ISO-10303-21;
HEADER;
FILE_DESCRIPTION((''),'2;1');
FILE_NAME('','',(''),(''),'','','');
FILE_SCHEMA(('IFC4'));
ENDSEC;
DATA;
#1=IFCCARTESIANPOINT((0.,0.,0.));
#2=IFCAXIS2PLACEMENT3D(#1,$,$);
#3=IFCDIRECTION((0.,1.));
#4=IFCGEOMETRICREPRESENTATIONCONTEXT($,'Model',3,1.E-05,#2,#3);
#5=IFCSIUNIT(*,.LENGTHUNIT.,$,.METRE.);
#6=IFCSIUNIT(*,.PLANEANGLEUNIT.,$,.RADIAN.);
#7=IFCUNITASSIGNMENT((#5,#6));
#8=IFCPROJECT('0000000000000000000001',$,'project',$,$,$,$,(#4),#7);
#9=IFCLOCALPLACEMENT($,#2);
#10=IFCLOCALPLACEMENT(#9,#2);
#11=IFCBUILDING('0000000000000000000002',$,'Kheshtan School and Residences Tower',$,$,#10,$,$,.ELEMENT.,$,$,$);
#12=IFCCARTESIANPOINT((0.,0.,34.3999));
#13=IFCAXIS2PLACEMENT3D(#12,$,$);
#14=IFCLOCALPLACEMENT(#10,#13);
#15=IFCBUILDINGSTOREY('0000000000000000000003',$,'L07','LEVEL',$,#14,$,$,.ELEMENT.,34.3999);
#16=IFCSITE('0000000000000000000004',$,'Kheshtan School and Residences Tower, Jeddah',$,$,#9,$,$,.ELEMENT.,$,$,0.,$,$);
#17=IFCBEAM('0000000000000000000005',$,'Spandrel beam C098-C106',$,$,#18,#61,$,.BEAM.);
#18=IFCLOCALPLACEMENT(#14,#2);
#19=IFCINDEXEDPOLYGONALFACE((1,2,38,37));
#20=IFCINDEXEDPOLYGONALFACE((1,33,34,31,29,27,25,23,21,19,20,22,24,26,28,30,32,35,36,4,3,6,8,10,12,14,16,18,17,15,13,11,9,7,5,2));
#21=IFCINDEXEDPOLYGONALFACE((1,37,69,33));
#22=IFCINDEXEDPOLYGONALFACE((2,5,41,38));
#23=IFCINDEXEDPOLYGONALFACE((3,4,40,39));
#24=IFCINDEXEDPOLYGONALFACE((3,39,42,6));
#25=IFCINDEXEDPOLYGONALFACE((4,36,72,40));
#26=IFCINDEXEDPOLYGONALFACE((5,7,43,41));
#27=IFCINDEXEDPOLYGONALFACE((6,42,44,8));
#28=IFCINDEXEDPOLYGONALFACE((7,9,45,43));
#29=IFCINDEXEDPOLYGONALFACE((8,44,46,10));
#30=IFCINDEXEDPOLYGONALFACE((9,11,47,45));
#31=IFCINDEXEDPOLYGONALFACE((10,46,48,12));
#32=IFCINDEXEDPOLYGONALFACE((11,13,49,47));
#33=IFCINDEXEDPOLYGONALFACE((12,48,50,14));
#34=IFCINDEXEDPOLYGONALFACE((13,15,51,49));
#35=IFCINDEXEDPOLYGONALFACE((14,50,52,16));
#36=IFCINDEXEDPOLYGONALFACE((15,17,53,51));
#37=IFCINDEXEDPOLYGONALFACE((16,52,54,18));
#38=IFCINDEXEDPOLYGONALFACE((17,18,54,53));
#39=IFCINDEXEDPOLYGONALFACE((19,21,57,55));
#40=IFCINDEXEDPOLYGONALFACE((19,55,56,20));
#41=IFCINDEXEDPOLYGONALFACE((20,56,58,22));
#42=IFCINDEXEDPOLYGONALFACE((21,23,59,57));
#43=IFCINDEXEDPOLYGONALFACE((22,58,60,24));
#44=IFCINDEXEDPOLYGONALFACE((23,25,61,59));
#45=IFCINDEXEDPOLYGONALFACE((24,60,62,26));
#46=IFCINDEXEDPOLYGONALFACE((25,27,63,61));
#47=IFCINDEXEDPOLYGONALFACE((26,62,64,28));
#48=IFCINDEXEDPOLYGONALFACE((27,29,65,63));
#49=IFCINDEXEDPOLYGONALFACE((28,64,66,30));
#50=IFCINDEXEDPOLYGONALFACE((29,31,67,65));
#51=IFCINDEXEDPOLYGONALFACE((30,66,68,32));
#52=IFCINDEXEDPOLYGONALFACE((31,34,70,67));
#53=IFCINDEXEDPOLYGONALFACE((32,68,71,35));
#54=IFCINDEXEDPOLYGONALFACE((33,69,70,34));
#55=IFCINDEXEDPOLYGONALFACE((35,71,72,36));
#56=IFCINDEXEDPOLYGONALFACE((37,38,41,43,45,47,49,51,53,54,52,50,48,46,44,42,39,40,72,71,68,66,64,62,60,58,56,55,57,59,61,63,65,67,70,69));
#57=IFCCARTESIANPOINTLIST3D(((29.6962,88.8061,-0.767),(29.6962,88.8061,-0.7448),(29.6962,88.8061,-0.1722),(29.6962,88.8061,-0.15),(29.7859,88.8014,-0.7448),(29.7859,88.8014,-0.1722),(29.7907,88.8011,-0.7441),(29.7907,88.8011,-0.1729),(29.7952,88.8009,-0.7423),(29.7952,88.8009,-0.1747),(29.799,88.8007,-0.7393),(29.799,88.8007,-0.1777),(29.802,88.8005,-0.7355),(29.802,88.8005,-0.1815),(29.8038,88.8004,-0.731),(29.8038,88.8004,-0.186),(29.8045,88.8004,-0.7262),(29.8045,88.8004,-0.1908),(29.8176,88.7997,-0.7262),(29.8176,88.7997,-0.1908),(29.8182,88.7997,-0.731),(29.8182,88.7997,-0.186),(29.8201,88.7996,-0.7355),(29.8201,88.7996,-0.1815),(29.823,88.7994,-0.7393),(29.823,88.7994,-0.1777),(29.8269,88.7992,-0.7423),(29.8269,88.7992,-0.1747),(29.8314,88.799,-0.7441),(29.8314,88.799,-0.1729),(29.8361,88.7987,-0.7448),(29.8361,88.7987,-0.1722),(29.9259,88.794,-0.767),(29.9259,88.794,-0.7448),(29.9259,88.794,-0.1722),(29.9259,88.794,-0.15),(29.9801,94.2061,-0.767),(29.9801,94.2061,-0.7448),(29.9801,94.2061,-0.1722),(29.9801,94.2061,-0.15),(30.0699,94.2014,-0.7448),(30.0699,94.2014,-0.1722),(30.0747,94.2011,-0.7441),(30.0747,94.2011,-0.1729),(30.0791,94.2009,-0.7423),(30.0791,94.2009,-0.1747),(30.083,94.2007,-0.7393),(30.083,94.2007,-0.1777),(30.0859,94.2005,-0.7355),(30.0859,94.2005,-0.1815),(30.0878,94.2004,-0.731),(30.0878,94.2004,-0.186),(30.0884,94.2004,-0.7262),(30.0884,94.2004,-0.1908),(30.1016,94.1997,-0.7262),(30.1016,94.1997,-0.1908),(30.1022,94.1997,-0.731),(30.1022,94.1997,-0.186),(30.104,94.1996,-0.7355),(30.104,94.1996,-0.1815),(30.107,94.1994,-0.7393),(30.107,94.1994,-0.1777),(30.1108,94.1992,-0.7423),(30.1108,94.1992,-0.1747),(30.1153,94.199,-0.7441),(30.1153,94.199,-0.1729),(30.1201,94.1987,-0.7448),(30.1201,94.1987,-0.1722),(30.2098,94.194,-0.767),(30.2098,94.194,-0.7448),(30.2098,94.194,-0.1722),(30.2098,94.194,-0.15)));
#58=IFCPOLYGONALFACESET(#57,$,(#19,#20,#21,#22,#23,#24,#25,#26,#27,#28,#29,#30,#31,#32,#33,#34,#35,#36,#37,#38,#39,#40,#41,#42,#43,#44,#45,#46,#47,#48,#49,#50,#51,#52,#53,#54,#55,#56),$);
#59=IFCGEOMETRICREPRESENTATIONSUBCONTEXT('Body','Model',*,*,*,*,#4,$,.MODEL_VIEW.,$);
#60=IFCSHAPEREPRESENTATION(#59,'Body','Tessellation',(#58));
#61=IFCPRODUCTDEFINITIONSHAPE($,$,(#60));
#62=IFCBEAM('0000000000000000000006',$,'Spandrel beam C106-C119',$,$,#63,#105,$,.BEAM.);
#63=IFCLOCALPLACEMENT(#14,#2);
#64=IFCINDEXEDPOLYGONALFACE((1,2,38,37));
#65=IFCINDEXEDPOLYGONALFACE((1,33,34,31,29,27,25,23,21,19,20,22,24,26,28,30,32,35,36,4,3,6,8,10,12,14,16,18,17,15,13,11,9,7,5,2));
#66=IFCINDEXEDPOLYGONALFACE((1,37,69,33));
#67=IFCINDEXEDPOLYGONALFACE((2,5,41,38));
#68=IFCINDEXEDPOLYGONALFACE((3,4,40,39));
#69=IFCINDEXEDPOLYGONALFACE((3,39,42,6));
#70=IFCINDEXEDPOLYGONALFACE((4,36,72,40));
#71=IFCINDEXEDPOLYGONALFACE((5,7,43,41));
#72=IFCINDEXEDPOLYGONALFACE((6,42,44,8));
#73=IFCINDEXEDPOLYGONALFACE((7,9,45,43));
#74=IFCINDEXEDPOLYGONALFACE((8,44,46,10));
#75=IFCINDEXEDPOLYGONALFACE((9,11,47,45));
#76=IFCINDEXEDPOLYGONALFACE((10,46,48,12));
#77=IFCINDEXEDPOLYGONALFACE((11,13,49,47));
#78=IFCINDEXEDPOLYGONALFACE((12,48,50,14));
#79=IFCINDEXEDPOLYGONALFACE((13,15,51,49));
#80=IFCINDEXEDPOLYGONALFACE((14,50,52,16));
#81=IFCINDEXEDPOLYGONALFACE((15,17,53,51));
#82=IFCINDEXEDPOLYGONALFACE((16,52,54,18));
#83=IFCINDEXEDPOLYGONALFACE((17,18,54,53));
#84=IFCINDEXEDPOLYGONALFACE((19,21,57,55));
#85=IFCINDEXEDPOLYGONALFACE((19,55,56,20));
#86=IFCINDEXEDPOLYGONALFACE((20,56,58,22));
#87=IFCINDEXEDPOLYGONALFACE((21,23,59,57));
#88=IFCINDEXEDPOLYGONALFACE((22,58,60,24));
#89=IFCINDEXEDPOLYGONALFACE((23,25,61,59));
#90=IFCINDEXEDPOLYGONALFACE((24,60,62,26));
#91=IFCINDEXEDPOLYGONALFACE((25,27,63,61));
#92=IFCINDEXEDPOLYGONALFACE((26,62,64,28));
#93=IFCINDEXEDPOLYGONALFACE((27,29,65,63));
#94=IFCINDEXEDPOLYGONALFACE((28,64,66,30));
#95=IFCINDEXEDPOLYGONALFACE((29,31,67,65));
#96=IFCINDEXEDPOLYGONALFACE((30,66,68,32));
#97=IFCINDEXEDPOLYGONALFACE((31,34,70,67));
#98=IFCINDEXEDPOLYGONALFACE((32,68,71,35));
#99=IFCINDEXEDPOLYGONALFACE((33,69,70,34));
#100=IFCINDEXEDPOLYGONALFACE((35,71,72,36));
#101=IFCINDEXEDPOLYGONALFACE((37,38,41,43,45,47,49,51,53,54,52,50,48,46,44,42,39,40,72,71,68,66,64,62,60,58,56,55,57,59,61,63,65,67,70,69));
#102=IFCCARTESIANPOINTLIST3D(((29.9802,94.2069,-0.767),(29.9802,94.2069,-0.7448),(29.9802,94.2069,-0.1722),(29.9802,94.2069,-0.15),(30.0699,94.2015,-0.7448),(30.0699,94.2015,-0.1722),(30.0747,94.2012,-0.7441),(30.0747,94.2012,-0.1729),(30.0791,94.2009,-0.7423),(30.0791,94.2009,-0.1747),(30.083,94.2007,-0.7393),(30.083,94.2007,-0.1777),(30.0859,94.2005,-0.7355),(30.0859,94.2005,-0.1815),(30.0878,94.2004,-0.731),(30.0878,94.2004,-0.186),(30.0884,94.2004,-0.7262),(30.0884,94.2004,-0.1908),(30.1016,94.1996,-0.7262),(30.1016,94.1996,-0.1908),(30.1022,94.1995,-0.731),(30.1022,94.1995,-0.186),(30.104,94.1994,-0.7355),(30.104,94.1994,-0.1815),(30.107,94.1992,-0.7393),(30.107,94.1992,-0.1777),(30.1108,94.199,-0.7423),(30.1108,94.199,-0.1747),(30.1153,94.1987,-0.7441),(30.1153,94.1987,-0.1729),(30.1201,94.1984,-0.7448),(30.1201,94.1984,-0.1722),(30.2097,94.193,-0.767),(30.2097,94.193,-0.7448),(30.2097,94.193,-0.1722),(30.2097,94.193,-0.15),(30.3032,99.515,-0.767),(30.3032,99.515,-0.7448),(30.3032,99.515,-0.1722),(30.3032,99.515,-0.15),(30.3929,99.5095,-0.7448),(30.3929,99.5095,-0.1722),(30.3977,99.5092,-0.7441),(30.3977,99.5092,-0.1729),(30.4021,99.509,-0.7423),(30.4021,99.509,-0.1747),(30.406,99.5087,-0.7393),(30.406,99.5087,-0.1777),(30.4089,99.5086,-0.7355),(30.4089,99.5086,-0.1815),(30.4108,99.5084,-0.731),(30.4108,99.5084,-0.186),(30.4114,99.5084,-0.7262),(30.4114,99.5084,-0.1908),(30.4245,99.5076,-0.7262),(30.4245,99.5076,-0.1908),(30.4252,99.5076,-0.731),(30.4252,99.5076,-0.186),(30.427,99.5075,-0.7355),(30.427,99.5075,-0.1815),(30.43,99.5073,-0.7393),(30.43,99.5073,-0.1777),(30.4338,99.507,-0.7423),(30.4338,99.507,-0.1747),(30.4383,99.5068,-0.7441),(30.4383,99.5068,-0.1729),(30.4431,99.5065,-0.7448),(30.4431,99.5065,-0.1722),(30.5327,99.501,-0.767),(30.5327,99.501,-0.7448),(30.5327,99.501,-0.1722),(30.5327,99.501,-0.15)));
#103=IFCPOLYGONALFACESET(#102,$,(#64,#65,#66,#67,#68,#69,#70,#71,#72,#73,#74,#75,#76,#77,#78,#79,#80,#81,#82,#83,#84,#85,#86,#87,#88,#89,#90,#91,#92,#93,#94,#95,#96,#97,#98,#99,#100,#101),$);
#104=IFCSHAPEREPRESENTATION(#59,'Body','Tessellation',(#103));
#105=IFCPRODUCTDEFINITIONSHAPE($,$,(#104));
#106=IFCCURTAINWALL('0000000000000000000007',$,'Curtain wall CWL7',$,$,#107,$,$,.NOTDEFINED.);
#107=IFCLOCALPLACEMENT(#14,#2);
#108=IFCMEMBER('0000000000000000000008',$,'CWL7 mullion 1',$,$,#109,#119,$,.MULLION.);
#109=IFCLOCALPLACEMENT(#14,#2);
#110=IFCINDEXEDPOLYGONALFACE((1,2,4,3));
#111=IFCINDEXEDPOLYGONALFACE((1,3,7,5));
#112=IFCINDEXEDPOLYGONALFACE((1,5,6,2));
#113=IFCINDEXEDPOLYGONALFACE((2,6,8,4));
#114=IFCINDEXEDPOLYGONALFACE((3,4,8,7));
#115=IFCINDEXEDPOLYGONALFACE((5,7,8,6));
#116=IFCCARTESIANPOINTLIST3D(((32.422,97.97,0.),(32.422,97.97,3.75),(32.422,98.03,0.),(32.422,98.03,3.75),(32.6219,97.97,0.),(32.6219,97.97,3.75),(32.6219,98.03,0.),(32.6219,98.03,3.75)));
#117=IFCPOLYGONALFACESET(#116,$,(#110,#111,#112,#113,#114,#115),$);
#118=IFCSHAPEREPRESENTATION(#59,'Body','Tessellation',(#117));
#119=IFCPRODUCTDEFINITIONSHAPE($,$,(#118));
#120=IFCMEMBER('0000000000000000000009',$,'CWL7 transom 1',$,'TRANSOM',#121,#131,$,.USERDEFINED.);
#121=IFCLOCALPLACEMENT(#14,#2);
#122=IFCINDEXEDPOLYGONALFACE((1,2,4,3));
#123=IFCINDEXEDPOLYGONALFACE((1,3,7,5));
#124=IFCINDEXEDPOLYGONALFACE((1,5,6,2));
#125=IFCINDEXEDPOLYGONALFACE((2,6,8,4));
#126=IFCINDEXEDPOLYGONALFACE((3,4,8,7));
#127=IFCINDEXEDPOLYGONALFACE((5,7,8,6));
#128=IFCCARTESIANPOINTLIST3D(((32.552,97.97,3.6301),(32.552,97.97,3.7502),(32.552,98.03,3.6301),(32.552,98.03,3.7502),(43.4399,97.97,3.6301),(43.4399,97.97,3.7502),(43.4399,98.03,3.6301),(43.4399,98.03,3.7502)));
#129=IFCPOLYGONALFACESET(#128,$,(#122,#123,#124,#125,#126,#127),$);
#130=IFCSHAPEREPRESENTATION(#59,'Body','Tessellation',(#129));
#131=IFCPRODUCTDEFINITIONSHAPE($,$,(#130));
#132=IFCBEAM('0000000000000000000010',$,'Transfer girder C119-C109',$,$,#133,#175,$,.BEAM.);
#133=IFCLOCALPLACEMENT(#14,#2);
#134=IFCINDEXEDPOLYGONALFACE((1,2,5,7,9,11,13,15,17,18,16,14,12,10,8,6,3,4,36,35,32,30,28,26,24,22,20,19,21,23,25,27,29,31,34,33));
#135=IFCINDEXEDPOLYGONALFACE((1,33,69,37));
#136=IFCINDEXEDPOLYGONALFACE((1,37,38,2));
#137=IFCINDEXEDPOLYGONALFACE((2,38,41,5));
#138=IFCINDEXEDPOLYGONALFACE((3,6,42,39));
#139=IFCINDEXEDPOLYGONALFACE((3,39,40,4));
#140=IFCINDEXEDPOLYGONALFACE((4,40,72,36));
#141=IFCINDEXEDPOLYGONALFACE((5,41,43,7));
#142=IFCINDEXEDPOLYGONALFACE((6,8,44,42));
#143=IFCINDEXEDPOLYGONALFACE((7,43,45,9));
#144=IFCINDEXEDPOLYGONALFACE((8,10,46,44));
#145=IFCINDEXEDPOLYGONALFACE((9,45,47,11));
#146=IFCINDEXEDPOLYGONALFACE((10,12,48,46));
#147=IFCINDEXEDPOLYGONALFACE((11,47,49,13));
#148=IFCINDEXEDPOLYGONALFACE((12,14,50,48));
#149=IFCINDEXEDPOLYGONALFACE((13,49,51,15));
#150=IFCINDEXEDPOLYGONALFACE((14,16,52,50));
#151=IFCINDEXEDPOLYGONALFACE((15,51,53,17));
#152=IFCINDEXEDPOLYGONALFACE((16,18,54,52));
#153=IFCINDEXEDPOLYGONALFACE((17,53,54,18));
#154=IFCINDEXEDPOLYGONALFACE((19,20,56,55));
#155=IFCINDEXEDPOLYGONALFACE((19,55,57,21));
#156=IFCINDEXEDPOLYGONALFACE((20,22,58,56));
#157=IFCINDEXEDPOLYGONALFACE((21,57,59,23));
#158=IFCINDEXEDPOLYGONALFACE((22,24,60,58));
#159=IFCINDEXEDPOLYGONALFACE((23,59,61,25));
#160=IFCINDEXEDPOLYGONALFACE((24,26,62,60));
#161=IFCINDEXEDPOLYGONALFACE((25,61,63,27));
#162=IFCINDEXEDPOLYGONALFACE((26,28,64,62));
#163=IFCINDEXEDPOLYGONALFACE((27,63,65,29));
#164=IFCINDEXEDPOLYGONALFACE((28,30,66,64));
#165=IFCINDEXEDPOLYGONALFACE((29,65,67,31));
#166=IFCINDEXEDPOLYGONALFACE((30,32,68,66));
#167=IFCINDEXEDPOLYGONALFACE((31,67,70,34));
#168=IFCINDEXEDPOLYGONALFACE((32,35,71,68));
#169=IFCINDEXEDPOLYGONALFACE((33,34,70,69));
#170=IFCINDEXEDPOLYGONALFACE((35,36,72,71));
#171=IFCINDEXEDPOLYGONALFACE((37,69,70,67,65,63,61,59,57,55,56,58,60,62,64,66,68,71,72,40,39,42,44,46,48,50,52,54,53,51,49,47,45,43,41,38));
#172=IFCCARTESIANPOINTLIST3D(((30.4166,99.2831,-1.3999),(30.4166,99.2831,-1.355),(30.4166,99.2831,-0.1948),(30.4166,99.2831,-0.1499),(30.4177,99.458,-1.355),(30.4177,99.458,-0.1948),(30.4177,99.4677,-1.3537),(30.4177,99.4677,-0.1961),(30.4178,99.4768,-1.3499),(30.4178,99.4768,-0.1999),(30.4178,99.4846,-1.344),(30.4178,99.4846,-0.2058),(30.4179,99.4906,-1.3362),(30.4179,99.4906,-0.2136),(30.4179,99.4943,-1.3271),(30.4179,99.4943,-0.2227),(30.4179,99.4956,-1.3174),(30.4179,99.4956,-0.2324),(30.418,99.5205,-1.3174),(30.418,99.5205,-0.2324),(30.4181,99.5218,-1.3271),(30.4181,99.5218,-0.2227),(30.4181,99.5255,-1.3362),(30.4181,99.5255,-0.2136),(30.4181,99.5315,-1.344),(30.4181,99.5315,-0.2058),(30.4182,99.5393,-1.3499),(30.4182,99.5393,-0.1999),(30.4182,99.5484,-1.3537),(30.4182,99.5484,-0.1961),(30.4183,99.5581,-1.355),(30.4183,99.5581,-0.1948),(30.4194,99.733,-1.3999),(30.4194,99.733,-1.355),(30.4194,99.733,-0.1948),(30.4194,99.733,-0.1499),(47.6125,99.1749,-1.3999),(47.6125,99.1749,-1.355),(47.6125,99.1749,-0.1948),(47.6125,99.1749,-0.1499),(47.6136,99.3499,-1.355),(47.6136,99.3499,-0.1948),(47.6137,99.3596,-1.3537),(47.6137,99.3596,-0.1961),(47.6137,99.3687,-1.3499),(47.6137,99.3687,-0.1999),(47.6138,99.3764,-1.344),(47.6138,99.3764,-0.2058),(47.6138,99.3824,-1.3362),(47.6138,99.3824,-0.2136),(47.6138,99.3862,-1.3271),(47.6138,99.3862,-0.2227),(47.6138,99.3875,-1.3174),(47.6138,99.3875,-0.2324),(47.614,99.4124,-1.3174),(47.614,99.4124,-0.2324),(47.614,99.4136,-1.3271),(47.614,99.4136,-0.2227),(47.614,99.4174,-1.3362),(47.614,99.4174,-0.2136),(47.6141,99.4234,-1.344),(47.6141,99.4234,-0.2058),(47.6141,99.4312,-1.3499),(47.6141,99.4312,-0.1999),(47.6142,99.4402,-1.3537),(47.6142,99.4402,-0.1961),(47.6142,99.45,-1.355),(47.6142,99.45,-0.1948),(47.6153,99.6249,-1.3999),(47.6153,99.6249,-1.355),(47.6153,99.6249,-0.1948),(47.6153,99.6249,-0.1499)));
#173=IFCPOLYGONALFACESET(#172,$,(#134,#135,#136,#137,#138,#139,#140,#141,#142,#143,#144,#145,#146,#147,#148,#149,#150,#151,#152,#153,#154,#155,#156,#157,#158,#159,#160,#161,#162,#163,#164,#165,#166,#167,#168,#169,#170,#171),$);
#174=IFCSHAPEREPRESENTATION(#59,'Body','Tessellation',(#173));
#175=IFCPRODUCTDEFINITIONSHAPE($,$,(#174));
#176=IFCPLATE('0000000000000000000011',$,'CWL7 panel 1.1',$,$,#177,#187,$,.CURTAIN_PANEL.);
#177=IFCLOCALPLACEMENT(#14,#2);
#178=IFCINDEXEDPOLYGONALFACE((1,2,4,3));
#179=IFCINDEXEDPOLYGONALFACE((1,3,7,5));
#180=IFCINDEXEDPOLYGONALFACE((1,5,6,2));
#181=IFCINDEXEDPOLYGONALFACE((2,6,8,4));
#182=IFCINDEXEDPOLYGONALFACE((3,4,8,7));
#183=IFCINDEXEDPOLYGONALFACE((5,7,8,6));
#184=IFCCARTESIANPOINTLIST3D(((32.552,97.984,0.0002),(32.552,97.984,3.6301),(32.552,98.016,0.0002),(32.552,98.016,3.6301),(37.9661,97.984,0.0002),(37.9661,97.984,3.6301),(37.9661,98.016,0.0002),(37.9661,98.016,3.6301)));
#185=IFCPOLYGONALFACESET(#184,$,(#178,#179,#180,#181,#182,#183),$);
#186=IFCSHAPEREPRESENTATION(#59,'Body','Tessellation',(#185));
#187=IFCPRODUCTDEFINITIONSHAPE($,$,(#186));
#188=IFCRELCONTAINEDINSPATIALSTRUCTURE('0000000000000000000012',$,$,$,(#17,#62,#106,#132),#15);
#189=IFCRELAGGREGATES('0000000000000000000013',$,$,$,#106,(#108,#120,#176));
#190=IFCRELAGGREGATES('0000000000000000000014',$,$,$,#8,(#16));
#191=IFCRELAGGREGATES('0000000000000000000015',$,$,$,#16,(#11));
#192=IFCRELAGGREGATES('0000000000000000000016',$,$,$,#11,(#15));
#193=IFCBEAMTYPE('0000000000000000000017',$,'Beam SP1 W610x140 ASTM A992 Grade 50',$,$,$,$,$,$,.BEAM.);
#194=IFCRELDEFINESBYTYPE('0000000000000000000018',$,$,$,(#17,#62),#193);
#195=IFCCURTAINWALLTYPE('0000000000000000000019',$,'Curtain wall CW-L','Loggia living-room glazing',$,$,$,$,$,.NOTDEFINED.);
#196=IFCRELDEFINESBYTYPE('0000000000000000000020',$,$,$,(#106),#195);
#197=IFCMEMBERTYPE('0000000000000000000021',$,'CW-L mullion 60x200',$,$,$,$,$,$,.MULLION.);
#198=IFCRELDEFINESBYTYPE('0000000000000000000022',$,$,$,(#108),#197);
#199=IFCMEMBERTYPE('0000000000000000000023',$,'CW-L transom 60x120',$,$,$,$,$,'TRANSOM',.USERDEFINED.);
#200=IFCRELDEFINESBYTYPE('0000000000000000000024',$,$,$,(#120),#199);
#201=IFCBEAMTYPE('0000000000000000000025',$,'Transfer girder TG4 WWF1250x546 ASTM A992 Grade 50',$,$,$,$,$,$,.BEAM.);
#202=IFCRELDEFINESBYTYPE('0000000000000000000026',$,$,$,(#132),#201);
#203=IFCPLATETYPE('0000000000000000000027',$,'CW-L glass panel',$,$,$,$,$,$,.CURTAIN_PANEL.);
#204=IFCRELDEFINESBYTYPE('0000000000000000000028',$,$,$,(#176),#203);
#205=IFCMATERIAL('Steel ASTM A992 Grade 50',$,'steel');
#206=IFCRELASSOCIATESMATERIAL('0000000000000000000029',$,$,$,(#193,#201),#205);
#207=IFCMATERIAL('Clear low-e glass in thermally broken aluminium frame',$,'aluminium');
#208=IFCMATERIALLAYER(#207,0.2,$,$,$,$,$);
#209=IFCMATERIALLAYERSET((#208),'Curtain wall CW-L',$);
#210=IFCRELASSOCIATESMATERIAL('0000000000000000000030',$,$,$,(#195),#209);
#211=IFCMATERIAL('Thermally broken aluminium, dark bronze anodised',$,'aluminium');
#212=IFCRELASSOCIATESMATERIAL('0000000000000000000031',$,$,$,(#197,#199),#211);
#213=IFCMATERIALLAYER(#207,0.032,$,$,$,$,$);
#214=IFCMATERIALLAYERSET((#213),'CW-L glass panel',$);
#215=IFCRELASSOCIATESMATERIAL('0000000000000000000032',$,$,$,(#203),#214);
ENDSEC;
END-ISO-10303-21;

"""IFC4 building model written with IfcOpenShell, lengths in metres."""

from ifc_helpers import new_model, si_unit, direction, frame, origin, origin_2d, place, context, subcontext, project, spatial, rectangle, i_section, extrude, material, layer, layer_set, material_profile, profile_set, type_object, element, aggregate, save


model = new_model("IFC4")

# Units and contexts
model_context = context("Model", 3, precision=1e-05, world=origin(), true_north=direction((0.0, 1.0)))
body_context = subcontext(model_context, "Body", "Model", "MODEL_VIEW")
ifc_project = project(units=[si_unit("LENGTHUNIT", "METRE"), si_unit("PLANEANGLEUNIT", "RADIAN")], contexts=[model_context])

# Site, building, storey
site_placement = place(None, origin())
site = spatial("IfcSite", under=ifc_project, at=site_placement, Name="Kheshtan School and Residences Tower, Jeddah", CompositionType="ELEMENT", RefElevation=0.0)
building_placement = place(site_placement, origin())
building = spatial("IfcBuilding", under=site, at=building_placement, Name="Kheshtan School and Residences Tower", CompositionType="ELEMENT")
storey_placement = place(building_placement, frame((0.0, 0.0, 34.3999)))
storey = spatial("IfcBuildingStorey", under=building, at=storey_placement, Name="L07", Description="LEVEL", CompositionType="ELEMENT", Elevation=34.3999)

# Shared definitions
ifc_material_1 = material(Name="Steel ASTM A992 Grade 50", Category="steel")

# Beams
ifc_material_profile_1 = material_profile(ifc_material_1, i_section(OverallWidth=0.23, OverallDepth=0.6169, WebThickness=0.0132, FlangeThickness=0.0222, FilletRadius=0.0186, at=origin_2d()), Name="W610x140")
ifc_profile_set_1 = profile_set([ifc_material_profile_1], Name="Steel ASTM A992 Grade 50")
beam_type_1 = type_object("IfcBeamType", Name="Beam SP1 W610x140 ASTM A992 Grade 50", PredefinedType="BEAM", material=ifc_profile_set_1)
beam_1_placement = place(storey_placement, frame((29.811, 88.8, -0.4585), z_axis=(0.052509, 0.99862, 0.0), x_axis=(-0.99862, 0.052509, 0.0)))
element("IfcBeam", 1, at=beam_1_placement, inside=storey, type_object=beam_type_1, Name="Spandrel beam C098-C106", PredefinedType="BEAM", context=body_context, shape_type="SweptSolid", body=[
    extrude(i_section(OverallWidth=0.23, OverallDepth=0.6169, WebThickness=0.0132, FlangeThickness=0.0222, FilletRadius=0.0186, at=origin_2d()), origin(), (0.0, 0.0, 1.0), 5.4075),
])
beam_2_placement = place(storey_placement, frame((30.095, 94.2, -0.4585), z_axis=(0.060738, 0.998154, 0.0), x_axis=(-0.998154, 0.060738, 0.0)))
element("IfcBeam", 2, at=beam_2_placement, inside=storey, type_object=beam_type_1, Name="Spandrel beam C106-C119", PredefinedType="BEAM", context=body_context, shape_type="SweptSolid", body=[
    extrude(i_section(OverallWidth=0.23, OverallDepth=0.6169, WebThickness=0.0132, FlangeThickness=0.0222, FilletRadius=0.0186, at=origin_2d()), origin(), (0.0, 0.0, 1.0), 5.3179),
])

# Curtain wall, members
ifc_material_2 = material(Name="Clear low-e glass in thermally broken aluminium frame", Category="aluminium")
ifc_layer_1 = layer(ifc_material_2, 0.2)
ifc_layer_set_1 = layer_set([ifc_layer_1], Name="Curtain wall CW-L")
curtain_wall_type = type_object("IfcCurtainWallType", Name="Curtain wall CW-L", Description="Loggia living-room glazing", PredefinedType="NOTDEFINED", material=ifc_layer_set_1)
curtain_wall_placement = place(storey_placement, origin())
curtain_wall = element("IfcCurtainWall", 3, at=curtain_wall_placement, inside=storey, type_object=curtain_wall_type, Name="Curtain wall CWL7", PredefinedType="NOTDEFINED")
ifc_material_3 = material(Name="Thermally broken aluminium, dark bronze anodised", Category="aluminium")
ifc_material_profile_2 = material_profile(ifc_material_3, rectangle(XDim=0.0601, YDim=0.2, at=origin_2d()), Name="CW-L mullion 60x200")
ifc_profile_set_2 = profile_set([ifc_material_profile_2], Name="Thermally broken aluminium, dark bronze anodised")
member_type_1 = type_object("IfcMemberType", Name="CW-L mullion 60x200", PredefinedType="MULLION", material=ifc_profile_set_2)
member_1_placement = place(storey_placement, frame((32.522, 98.0, 0.0), z_axis=(0.0, 0.0, 1.0), x_axis=(0.0, 1.0, 0.0)))
member_1 = element("IfcMember", 4, at=member_1_placement, type_object=member_type_1, Name="CWL7 mullion 1", PredefinedType="MULLION", context=body_context, shape_type="SweptSolid", body=[
    extrude(rectangle(XDim=0.0601, YDim=0.2, at=origin_2d()), origin(), (0.0, 0.0, 1.0), 3.75),
])
ifc_material_profile_3 = material_profile(ifc_material_3, rectangle(XDim=0.0601, YDim=0.1201, at=origin_2d()), Name="CW-L transom 60x120")
ifc_profile_set_3 = profile_set([ifc_material_profile_3], Name="Thermally broken aluminium, dark bronze anodised")
member_type_2 = type_object("IfcMemberType", Name="CW-L transom 60x120", ElementType="TRANSOM", PredefinedType="USERDEFINED", material=ifc_profile_set_3)
member_2_placement = place(storey_placement, frame((32.552, 98.0, 3.6902), z_axis=(1.0, 0.0, 0.0), x_axis=(0.0, 1.0, 0.0)))
member_2 = element("IfcMember", 5, at=member_2_placement, type_object=member_type_2, Name="CWL7 transom 1", ObjectType="TRANSOM", PredefinedType="USERDEFINED", context=body_context, shape_type="SweptSolid", body=[
    extrude(rectangle(XDim=0.0601, YDim=0.1201, at=origin_2d()), origin(), (0.0, 0.0, 1.0), 10.8879),
])

# Beam
ifc_material_profile_4 = material_profile(ifc_material_1, i_section(OverallWidth=0.45, OverallDepth=1.25, WebThickness=0.0249, FlangeThickness=0.0449, FilletRadius=0.0376, at=origin_2d()), Name="WWF1250x546")
ifc_profile_set_4 = profile_set([ifc_material_profile_4], Name="Steel ASTM A992 Grade 50")
beam_type_2 = type_object("IfcBeamType", Name="Transfer girder TG4 WWF1250x546 ASTM A992 Grade 50", PredefinedType="BEAM", material=ifc_profile_set_4)
beam_3_placement = place(storey_placement, frame((30.418, 99.5081, -0.7749), z_axis=(0.99998, -0.006289, 0.0), x_axis=(0.006289, 0.99998, 0.0)))
element("IfcBeam", 6, at=beam_3_placement, inside=storey, type_object=beam_type_2, Name="Transfer girder C119-C109", PredefinedType="BEAM", context=body_context, shape_type="SweptSolid", body=[
    extrude(i_section(OverallWidth=0.45, OverallDepth=1.25, WebThickness=0.0249, FlangeThickness=0.0449, FilletRadius=0.0376, at=origin_2d()), origin(), (0.0, 0.0, 1.0), 17.1963),
])

# Plate
ifc_layer_2 = layer(ifc_material_2, 0.032)
ifc_layer_set_2 = layer_set([ifc_layer_2], Name="CW-L glass panel")
plate_type = type_object("IfcPlateType", Name="CW-L glass panel", PredefinedType="CURTAIN_PANEL", material=ifc_layer_set_2)
plate_placement = place(storey_placement, frame((35.259, 98.0, 0.0002), z_axis=(0.0, 0.0, 1.0), x_axis=(1.0, 0.0, 0.0)))
plate = element("IfcPlate", 7, at=plate_placement, type_object=plate_type, Name="CWL7 panel 1.1", PredefinedType="CURTAIN_PANEL", context=body_context, shape_type="SweptSolid", body=[
    extrude(rectangle(XDim=5.4141, YDim=0.032, at=origin_2d()), origin(), (0.0, 0.0, 1.0), 3.6299),
])
aggregate(curtain_wall, [member_1, member_2, plate])

save(model, "model.ifc")
